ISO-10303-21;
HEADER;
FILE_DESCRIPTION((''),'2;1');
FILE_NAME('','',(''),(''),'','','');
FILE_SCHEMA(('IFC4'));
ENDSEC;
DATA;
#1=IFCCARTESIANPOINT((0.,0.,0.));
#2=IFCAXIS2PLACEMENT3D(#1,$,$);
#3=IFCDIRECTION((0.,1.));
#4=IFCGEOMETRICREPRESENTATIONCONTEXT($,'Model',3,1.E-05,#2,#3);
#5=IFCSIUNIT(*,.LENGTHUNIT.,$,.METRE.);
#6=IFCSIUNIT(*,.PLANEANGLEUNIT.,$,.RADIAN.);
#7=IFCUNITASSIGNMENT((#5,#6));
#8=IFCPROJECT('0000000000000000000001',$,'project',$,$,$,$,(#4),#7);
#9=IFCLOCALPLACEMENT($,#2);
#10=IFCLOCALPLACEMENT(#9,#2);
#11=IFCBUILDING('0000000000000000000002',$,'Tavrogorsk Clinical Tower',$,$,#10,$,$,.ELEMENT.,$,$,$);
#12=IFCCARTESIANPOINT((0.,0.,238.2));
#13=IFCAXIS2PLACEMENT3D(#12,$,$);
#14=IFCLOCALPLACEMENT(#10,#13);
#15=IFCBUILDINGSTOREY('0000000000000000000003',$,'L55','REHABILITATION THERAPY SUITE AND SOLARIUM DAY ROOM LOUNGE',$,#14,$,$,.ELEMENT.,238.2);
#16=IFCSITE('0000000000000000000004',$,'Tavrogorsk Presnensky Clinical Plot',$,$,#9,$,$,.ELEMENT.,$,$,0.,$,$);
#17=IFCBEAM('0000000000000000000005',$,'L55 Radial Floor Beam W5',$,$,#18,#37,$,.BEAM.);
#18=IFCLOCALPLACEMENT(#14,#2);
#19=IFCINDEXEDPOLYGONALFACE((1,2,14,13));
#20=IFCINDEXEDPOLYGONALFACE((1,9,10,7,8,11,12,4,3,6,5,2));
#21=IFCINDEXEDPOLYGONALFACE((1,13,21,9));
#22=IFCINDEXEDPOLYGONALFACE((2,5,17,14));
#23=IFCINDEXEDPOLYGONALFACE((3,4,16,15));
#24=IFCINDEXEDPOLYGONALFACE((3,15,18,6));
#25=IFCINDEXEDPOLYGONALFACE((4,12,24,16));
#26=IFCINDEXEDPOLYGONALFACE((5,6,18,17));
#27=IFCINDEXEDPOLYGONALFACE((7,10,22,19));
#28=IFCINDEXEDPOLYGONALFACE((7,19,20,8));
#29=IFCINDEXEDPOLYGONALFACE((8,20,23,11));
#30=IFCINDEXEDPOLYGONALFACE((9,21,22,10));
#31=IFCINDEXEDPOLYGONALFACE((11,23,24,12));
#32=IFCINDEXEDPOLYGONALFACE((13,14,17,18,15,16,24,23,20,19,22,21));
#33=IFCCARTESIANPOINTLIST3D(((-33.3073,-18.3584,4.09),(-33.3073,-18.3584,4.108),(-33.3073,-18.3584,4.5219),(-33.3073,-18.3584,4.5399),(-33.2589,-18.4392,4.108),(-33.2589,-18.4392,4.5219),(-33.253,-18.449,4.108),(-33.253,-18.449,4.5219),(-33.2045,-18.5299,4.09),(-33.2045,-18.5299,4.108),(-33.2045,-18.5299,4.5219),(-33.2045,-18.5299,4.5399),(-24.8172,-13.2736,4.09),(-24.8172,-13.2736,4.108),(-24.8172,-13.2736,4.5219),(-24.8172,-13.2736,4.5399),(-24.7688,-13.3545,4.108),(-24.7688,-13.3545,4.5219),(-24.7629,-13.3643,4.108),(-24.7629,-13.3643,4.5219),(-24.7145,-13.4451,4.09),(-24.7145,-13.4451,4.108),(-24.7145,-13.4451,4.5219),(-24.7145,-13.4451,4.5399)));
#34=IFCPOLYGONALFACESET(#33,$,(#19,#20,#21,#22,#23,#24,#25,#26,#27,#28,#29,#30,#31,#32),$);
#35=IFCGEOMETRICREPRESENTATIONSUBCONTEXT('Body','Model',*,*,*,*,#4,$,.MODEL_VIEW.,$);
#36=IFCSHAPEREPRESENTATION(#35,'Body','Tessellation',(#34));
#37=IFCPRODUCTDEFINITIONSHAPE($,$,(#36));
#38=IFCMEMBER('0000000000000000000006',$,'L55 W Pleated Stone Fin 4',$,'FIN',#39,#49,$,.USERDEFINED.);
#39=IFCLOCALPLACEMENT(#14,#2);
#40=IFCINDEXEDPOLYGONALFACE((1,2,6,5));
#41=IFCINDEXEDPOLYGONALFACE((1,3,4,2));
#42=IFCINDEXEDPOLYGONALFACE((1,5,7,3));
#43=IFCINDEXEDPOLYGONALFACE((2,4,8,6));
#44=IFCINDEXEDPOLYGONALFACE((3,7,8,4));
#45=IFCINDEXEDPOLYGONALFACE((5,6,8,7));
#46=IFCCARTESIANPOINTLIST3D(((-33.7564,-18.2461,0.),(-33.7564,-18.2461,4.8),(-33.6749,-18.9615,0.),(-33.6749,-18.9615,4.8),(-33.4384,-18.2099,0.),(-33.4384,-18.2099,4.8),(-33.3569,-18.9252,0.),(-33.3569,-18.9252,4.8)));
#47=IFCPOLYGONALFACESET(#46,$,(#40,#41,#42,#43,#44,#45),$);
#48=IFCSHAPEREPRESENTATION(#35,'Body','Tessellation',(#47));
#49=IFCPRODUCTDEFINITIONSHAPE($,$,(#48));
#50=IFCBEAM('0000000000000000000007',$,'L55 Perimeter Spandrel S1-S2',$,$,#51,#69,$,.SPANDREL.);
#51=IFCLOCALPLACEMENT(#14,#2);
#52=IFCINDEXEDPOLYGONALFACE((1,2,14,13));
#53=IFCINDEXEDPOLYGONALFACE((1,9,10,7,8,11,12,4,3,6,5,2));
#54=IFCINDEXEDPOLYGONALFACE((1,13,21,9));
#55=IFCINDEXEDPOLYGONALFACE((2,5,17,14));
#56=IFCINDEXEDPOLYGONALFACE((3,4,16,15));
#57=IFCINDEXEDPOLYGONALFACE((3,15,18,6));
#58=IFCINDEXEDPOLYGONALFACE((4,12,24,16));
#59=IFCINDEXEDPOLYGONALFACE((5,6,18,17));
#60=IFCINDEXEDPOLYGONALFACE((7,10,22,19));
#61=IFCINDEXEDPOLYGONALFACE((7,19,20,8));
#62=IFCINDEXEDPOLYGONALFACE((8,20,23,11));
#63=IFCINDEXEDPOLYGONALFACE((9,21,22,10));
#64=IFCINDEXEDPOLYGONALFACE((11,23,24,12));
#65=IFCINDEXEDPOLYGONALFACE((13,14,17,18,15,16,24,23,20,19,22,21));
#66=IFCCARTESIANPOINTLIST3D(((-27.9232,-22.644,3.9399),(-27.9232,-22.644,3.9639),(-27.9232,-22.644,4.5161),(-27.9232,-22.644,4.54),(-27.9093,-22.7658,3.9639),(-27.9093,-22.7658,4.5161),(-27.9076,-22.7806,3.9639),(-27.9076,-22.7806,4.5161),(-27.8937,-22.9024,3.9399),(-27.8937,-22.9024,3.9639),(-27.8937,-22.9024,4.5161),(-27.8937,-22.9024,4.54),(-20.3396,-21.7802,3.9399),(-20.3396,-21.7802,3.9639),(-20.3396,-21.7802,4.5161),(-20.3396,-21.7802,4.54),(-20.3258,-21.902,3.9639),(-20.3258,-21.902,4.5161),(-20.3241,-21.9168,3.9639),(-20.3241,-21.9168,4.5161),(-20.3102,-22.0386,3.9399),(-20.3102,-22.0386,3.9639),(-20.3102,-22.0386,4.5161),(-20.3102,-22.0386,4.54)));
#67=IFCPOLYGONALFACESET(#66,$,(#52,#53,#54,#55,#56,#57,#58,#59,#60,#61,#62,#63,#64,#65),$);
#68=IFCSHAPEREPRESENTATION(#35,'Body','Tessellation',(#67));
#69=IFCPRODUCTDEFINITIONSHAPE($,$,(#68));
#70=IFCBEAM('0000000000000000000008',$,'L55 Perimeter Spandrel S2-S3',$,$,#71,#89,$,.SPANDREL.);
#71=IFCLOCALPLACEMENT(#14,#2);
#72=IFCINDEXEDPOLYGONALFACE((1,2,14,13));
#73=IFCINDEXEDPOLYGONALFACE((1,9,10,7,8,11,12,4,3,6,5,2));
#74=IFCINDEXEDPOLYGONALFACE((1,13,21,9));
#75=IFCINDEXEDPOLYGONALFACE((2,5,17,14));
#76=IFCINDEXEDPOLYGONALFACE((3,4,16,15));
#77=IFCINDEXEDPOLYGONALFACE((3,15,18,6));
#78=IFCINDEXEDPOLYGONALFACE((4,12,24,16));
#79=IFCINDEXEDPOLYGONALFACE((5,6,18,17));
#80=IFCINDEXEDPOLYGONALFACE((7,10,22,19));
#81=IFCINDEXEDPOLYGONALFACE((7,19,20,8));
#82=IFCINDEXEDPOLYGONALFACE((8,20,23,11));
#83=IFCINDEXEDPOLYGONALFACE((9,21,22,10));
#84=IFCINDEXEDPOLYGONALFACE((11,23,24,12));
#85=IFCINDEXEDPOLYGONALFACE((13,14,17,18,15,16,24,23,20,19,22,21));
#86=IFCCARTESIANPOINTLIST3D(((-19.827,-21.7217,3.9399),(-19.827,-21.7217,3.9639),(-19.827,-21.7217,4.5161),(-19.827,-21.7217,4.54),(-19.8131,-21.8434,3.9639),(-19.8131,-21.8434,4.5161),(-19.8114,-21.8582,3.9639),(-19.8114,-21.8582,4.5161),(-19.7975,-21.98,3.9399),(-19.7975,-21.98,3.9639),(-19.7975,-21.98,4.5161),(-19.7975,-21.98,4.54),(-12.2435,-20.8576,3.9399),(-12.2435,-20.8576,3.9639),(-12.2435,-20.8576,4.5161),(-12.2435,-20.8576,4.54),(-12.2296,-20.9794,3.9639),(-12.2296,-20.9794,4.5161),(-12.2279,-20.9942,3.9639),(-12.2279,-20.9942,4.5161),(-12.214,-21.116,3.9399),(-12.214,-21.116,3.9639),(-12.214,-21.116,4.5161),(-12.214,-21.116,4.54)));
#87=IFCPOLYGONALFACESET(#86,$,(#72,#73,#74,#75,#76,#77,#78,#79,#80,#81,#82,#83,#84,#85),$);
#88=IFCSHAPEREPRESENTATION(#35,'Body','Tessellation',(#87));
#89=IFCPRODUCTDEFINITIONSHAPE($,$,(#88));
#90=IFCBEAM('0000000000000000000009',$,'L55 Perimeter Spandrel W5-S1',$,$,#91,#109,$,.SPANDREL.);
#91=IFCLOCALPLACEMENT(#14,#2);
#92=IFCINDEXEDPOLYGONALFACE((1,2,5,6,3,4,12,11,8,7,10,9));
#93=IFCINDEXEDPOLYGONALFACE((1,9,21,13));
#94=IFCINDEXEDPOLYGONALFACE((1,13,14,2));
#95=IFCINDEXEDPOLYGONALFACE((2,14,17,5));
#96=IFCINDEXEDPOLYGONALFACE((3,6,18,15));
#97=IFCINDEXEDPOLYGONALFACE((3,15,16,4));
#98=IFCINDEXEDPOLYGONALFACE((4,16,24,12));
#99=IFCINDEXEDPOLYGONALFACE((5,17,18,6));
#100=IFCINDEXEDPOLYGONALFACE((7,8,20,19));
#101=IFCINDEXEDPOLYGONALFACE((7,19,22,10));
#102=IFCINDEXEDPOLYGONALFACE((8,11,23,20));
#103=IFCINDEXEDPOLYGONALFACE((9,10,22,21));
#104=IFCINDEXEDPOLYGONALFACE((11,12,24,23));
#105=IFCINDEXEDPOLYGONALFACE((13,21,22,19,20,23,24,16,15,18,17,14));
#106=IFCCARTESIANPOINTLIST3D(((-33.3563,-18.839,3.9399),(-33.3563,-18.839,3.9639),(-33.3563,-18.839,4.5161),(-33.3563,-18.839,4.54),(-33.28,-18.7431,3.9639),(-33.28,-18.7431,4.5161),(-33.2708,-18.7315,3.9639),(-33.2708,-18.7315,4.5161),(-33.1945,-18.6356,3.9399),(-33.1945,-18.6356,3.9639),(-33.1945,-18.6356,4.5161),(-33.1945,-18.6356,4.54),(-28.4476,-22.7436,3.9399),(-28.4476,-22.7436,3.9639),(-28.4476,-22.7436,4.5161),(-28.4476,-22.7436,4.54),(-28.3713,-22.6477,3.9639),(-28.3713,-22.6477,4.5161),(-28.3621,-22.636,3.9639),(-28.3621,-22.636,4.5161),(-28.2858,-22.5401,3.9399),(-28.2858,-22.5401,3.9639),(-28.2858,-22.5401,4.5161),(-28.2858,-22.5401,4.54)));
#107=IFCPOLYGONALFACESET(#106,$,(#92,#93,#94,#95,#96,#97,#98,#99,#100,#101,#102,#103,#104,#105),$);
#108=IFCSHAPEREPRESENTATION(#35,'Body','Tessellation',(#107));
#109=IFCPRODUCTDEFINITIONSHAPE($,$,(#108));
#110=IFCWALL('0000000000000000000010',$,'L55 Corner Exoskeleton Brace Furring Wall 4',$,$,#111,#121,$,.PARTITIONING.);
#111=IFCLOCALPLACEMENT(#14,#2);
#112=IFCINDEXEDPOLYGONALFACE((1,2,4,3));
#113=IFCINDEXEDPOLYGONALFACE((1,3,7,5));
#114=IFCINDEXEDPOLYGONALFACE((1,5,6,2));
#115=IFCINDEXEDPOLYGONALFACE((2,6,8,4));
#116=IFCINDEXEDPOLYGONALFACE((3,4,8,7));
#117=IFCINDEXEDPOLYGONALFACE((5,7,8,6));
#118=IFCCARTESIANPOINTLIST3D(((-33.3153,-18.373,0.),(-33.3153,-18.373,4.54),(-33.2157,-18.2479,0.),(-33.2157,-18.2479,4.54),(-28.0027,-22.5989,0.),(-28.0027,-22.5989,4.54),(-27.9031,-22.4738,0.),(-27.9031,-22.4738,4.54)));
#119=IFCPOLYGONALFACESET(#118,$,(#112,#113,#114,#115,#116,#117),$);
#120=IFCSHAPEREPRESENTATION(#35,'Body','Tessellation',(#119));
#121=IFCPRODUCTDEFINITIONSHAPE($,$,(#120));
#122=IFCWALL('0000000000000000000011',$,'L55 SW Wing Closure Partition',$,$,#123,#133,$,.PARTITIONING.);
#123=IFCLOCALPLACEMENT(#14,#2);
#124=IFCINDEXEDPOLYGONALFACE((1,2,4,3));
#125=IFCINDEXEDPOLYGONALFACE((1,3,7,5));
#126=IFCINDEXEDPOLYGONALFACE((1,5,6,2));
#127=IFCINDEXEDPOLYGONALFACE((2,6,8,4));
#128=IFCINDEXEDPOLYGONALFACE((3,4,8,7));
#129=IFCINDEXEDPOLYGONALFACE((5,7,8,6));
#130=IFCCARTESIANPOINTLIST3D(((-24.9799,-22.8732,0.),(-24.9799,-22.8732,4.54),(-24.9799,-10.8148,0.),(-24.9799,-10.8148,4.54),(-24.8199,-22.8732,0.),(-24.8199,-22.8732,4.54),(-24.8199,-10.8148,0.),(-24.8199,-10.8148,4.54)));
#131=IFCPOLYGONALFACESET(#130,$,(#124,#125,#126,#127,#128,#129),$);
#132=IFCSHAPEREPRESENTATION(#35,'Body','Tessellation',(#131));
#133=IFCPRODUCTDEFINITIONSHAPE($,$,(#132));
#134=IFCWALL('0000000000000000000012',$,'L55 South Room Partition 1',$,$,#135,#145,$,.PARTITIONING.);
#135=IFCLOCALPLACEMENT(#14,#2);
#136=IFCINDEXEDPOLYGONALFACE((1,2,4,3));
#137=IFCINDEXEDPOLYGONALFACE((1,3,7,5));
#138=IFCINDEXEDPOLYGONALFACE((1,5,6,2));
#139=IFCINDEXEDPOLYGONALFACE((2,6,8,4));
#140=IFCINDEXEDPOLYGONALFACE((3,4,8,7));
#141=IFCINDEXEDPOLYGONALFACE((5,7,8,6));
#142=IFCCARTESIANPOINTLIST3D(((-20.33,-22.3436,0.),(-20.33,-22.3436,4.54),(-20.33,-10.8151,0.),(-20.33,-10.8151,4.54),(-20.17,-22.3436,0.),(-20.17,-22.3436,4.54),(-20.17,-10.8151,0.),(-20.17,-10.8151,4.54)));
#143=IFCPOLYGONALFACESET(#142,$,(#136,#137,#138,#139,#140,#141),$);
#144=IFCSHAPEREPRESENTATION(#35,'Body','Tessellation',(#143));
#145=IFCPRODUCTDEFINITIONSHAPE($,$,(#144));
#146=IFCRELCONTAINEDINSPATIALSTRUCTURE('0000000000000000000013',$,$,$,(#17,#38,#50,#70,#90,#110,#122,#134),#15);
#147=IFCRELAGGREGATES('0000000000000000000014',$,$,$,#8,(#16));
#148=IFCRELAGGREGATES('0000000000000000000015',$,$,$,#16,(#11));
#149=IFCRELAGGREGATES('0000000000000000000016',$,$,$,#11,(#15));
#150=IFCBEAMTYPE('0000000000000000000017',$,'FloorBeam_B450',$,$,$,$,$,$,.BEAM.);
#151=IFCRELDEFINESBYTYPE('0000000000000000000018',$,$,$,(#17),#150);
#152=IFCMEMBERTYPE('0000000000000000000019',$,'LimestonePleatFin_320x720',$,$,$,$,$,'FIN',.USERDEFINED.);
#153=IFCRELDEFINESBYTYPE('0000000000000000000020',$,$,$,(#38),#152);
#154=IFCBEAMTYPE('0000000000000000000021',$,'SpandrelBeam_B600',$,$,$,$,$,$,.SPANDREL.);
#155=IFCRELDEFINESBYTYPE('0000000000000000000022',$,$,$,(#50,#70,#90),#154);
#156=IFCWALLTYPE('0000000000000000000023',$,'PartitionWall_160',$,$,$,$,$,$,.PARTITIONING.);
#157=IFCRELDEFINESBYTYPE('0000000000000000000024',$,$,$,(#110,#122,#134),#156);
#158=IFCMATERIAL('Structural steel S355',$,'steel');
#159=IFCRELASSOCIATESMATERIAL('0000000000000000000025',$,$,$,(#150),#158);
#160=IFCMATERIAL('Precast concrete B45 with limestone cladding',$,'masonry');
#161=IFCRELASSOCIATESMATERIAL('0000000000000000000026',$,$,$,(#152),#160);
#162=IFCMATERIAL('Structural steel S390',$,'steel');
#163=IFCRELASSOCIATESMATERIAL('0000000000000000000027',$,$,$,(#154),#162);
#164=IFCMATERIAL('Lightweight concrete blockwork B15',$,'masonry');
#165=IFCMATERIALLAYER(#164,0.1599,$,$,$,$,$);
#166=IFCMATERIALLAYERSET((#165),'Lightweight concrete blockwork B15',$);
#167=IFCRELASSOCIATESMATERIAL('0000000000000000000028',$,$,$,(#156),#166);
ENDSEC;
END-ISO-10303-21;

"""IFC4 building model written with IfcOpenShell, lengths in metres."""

from ifc_helpers import new_model, si_unit, direction, frame, frame_2d, origin, origin_2d, place, context, subcontext, project, spatial, rectangle, i_section, extrude, material, layer, layer_set, material_profile, profile_set, type_object, element, save


model = new_model("IFC4")

# Units and contexts
model_context = context("Model", 3, precision=1e-05, world=origin(), true_north=direction((0.0, 1.0)))
body_context = subcontext(model_context, "Body", "Model", "MODEL_VIEW")
ifc_project = project(units=[si_unit("LENGTHUNIT", "METRE"), si_unit("PLANEANGLEUNIT", "RADIAN")], contexts=[model_context])

# Site, building, storey
site_placement = place(None, origin())
site = spatial("IfcSite", under=ifc_project, at=site_placement, Name="Tavrogorsk Presnensky Clinical Plot", CompositionType="ELEMENT", RefElevation=0.0)
building_placement = place(site_placement, origin())
building = spatial("IfcBuilding", under=site, at=building_placement, Name="Tavrogorsk Clinical Tower", CompositionType="ELEMENT")
storey_placement = place(building_placement, frame((0.0, 0.0, 238.2)))
storey = spatial("IfcBuildingStorey", under=building, at=storey_placement, Name="L55", Description="REHABILITATION THERAPY SUITE AND SOLARIUM DAY ROOM LOUNGE", CompositionType="ELEMENT", Elevation=238.2)

# Beam
ifc_material_1 = material(Name="Structural steel S355", Category="steel")
ifc_material_profile_1 = material_profile(ifc_material_1, i_section(OverallWidth=0.2, OverallDepth=0.45, WebThickness=0.0115, FlangeThickness=0.0181, at=origin_2d()), Name="B-450x200x11.5x18")
ifc_profile_set_1 = profile_set([ifc_material_profile_1], Name="Structural steel S355")
beam_type_1 = type_object("IfcBeamType", Name="FloorBeam_B450", PredefinedType="BEAM", material=ifc_profile_set_1)
beam_1_placement = place(storey_placement, frame((-24.7659, -13.3594, 4.3149), z_axis=(-0.857906, -0.513806, 0.0), x_axis=(0.513806, -0.857906, 0.0)))
element("IfcBeam", 1, at=beam_1_placement, inside=storey, type_object=beam_type_1, Name="L55 Radial Floor Beam W5", PredefinedType="BEAM", context=body_context, shape_type="SweptSolid", body=[
    extrude(i_section(OverallWidth=0.2, OverallDepth=0.45, WebThickness=0.0115, FlangeThickness=0.0181, at=origin_2d()), origin(), (0.0, 0.0, 1.0), 9.8962),
])

# Member
ifc_material_2 = material(Name="Precast concrete B45 with limestone cladding", Category="masonry")
ifc_material_profile_2 = material_profile(ifc_material_2, rectangle(XDim=0.3201, YDim=0.72, at=origin_2d()), Name="LIMESTONE-FIN-320x720")
ifc_profile_set_2 = profile_set([ifc_material_profile_2], Name="Precast concrete B45 with limestone cladding")
member_type_1 = type_object("IfcMemberType", Name="LimestonePleatFin_320x720", ElementType="FIN", PredefinedType="USERDEFINED", material=ifc_profile_set_2)
member_1_placement = place(storey_placement, frame((-33.5566, -18.5857, 0.0), z_axis=(0.0, 0.0, 1.0), x_axis=(0.993572, 0.113203, 0.0)))
element("IfcMember", 2, at=member_1_placement, inside=storey, type_object=member_type_1, Name="L55 W Pleated Stone Fin 4", ObjectType="FIN", PredefinedType="USERDEFINED", context=body_context, shape_type="SweptSolid", body=[
    extrude(rectangle(XDim=0.3201, YDim=0.72, at=origin_2d()), origin(), (0.0, 0.0, 1.0), 4.8),
])

# Beams
ifc_material_3 = material(Name="Structural steel S390", Category="steel")
ifc_material_profile_3 = material_profile(ifc_material_3, i_section(OverallWidth=0.26, OverallDepth=0.6001, WebThickness=0.0149, FlangeThickness=0.0239, at=origin_2d()), Name="B-600x260x15x24")
ifc_profile_set_3 = profile_set([ifc_material_profile_3], Name="Structural steel S390")
beam_type_2 = type_object("IfcBeamType", Name="SpandrelBeam_B600", PredefinedType="SPANDREL", material=ifc_profile_set_3)
for number, where, z_axis, x_axis, name in (
    (3, (-27.9084, -22.7732, 4.24), (0.993576, 0.113169, 0.0), (-0.113169, 0.993576, 0.0), "L55 Perimeter Spandrel S1-S2"),
    (4, (-19.8123, -21.8508, 4.24), (0.993572, 0.113201, 0.0), (-0.113201, 0.993572, 0.0), "L55 Perimeter Spandrel S2-S3"),
):
    element("IfcBeam", number, at=place(storey_placement, frame(where, z_axis=z_axis, x_axis=x_axis)), inside=storey, type_object=beam_type_2, Name=name, PredefinedType="SPANDREL", context=body_context, shape_type="SweptSolid", body=[
        extrude(i_section(OverallWidth=0.26, OverallDepth=0.6001, WebThickness=0.0149, FlangeThickness=0.0239, at=origin_2d()), origin(), (0.0, 0.0, 1.0), 7.6326),
    ])
beam_2_placement = place(storey_placement, frame((-33.2754, -18.7373, 4.24), z_axis=(0.782609, -0.622514, 0.0), x_axis=(0.622514, 0.782609, 0.0)))
element("IfcBeam", 5, at=beam_2_placement, inside=storey, type_object=beam_type_2, Name="L55 Perimeter Spandrel W5-S1", PredefinedType="SPANDREL", context=body_context, shape_type="SweptSolid", body=[
    extrude(i_section(OverallWidth=0.26, OverallDepth=0.6001, WebThickness=0.0149, FlangeThickness=0.0239, at=origin_2d()), origin(), (0.0, 0.0, 1.0), 6.2722),
])

# Walls
ifc_material_4 = material(Name="Lightweight concrete blockwork B15", Category="masonry")
ifc_layer_1 = layer(ifc_material_4, 0.1599)
ifc_layer_set_1 = layer_set([ifc_layer_1], Name="Lightweight concrete blockwork B15")
wall_type_1 = type_object("IfcWallType", Name="PartitionWall_160", PredefinedType="PARTITIONING", material=ifc_layer_set_1)
wall_1_placement = place(storey_placement, frame((-33.2654, -18.3105, 0.0), z_axis=(0.0, 0.0, 1.0), x_axis=(0.782603, -0.622522, 0.0)))
element("IfcWall", 6, at=wall_1_placement, inside=storey, type_object=wall_type_1, Name="L55 Corner Exoskeleton Brace Furring Wall 4", PredefinedType="PARTITIONING", context=body_context, shape_type="SweptSolid", body=[
    extrude(rectangle(XDim=6.7883, YDim=0.1599, at=frame_2d((3.394, 0.0))), origin(), (0.0, 0.0, 1.0), 4.54),
])
wall_2_placement = place(storey_placement, frame((-24.8999, -22.8733, 0.0), z_axis=(0.0, 0.0, 1.0), x_axis=(0.0, 1.0, 0.0)))
element("IfcWall", 7, at=wall_2_placement, inside=storey, type_object=wall_type_1, Name="L55 SW Wing Closure Partition", PredefinedType="PARTITIONING", context=body_context, shape_type="SweptSolid", body=[
    extrude(rectangle(XDim=12.0583, YDim=0.1599, at=frame_2d((6.0293, 0.0))), origin(), (0.0, 0.0, 1.0), 4.54),
])
wall_3_placement = place(storey_placement, frame((-20.25, -22.3435, 0.0), z_axis=(0.0, 0.0, 1.0), x_axis=(0.0, 1.0, 0.0)))
element("IfcWall", 8, at=wall_3_placement, inside=storey, type_object=wall_type_1, Name="L55 South Room Partition 1", PredefinedType="PARTITIONING", context=body_context, shape_type="SweptSolid", body=[
    extrude(rectangle(XDim=11.5286, YDim=0.1599, at=frame_2d((5.7642, 0.0))), origin(), (0.0, 0.0, 1.0), 4.54),
])

save(model, "model.ifc")
